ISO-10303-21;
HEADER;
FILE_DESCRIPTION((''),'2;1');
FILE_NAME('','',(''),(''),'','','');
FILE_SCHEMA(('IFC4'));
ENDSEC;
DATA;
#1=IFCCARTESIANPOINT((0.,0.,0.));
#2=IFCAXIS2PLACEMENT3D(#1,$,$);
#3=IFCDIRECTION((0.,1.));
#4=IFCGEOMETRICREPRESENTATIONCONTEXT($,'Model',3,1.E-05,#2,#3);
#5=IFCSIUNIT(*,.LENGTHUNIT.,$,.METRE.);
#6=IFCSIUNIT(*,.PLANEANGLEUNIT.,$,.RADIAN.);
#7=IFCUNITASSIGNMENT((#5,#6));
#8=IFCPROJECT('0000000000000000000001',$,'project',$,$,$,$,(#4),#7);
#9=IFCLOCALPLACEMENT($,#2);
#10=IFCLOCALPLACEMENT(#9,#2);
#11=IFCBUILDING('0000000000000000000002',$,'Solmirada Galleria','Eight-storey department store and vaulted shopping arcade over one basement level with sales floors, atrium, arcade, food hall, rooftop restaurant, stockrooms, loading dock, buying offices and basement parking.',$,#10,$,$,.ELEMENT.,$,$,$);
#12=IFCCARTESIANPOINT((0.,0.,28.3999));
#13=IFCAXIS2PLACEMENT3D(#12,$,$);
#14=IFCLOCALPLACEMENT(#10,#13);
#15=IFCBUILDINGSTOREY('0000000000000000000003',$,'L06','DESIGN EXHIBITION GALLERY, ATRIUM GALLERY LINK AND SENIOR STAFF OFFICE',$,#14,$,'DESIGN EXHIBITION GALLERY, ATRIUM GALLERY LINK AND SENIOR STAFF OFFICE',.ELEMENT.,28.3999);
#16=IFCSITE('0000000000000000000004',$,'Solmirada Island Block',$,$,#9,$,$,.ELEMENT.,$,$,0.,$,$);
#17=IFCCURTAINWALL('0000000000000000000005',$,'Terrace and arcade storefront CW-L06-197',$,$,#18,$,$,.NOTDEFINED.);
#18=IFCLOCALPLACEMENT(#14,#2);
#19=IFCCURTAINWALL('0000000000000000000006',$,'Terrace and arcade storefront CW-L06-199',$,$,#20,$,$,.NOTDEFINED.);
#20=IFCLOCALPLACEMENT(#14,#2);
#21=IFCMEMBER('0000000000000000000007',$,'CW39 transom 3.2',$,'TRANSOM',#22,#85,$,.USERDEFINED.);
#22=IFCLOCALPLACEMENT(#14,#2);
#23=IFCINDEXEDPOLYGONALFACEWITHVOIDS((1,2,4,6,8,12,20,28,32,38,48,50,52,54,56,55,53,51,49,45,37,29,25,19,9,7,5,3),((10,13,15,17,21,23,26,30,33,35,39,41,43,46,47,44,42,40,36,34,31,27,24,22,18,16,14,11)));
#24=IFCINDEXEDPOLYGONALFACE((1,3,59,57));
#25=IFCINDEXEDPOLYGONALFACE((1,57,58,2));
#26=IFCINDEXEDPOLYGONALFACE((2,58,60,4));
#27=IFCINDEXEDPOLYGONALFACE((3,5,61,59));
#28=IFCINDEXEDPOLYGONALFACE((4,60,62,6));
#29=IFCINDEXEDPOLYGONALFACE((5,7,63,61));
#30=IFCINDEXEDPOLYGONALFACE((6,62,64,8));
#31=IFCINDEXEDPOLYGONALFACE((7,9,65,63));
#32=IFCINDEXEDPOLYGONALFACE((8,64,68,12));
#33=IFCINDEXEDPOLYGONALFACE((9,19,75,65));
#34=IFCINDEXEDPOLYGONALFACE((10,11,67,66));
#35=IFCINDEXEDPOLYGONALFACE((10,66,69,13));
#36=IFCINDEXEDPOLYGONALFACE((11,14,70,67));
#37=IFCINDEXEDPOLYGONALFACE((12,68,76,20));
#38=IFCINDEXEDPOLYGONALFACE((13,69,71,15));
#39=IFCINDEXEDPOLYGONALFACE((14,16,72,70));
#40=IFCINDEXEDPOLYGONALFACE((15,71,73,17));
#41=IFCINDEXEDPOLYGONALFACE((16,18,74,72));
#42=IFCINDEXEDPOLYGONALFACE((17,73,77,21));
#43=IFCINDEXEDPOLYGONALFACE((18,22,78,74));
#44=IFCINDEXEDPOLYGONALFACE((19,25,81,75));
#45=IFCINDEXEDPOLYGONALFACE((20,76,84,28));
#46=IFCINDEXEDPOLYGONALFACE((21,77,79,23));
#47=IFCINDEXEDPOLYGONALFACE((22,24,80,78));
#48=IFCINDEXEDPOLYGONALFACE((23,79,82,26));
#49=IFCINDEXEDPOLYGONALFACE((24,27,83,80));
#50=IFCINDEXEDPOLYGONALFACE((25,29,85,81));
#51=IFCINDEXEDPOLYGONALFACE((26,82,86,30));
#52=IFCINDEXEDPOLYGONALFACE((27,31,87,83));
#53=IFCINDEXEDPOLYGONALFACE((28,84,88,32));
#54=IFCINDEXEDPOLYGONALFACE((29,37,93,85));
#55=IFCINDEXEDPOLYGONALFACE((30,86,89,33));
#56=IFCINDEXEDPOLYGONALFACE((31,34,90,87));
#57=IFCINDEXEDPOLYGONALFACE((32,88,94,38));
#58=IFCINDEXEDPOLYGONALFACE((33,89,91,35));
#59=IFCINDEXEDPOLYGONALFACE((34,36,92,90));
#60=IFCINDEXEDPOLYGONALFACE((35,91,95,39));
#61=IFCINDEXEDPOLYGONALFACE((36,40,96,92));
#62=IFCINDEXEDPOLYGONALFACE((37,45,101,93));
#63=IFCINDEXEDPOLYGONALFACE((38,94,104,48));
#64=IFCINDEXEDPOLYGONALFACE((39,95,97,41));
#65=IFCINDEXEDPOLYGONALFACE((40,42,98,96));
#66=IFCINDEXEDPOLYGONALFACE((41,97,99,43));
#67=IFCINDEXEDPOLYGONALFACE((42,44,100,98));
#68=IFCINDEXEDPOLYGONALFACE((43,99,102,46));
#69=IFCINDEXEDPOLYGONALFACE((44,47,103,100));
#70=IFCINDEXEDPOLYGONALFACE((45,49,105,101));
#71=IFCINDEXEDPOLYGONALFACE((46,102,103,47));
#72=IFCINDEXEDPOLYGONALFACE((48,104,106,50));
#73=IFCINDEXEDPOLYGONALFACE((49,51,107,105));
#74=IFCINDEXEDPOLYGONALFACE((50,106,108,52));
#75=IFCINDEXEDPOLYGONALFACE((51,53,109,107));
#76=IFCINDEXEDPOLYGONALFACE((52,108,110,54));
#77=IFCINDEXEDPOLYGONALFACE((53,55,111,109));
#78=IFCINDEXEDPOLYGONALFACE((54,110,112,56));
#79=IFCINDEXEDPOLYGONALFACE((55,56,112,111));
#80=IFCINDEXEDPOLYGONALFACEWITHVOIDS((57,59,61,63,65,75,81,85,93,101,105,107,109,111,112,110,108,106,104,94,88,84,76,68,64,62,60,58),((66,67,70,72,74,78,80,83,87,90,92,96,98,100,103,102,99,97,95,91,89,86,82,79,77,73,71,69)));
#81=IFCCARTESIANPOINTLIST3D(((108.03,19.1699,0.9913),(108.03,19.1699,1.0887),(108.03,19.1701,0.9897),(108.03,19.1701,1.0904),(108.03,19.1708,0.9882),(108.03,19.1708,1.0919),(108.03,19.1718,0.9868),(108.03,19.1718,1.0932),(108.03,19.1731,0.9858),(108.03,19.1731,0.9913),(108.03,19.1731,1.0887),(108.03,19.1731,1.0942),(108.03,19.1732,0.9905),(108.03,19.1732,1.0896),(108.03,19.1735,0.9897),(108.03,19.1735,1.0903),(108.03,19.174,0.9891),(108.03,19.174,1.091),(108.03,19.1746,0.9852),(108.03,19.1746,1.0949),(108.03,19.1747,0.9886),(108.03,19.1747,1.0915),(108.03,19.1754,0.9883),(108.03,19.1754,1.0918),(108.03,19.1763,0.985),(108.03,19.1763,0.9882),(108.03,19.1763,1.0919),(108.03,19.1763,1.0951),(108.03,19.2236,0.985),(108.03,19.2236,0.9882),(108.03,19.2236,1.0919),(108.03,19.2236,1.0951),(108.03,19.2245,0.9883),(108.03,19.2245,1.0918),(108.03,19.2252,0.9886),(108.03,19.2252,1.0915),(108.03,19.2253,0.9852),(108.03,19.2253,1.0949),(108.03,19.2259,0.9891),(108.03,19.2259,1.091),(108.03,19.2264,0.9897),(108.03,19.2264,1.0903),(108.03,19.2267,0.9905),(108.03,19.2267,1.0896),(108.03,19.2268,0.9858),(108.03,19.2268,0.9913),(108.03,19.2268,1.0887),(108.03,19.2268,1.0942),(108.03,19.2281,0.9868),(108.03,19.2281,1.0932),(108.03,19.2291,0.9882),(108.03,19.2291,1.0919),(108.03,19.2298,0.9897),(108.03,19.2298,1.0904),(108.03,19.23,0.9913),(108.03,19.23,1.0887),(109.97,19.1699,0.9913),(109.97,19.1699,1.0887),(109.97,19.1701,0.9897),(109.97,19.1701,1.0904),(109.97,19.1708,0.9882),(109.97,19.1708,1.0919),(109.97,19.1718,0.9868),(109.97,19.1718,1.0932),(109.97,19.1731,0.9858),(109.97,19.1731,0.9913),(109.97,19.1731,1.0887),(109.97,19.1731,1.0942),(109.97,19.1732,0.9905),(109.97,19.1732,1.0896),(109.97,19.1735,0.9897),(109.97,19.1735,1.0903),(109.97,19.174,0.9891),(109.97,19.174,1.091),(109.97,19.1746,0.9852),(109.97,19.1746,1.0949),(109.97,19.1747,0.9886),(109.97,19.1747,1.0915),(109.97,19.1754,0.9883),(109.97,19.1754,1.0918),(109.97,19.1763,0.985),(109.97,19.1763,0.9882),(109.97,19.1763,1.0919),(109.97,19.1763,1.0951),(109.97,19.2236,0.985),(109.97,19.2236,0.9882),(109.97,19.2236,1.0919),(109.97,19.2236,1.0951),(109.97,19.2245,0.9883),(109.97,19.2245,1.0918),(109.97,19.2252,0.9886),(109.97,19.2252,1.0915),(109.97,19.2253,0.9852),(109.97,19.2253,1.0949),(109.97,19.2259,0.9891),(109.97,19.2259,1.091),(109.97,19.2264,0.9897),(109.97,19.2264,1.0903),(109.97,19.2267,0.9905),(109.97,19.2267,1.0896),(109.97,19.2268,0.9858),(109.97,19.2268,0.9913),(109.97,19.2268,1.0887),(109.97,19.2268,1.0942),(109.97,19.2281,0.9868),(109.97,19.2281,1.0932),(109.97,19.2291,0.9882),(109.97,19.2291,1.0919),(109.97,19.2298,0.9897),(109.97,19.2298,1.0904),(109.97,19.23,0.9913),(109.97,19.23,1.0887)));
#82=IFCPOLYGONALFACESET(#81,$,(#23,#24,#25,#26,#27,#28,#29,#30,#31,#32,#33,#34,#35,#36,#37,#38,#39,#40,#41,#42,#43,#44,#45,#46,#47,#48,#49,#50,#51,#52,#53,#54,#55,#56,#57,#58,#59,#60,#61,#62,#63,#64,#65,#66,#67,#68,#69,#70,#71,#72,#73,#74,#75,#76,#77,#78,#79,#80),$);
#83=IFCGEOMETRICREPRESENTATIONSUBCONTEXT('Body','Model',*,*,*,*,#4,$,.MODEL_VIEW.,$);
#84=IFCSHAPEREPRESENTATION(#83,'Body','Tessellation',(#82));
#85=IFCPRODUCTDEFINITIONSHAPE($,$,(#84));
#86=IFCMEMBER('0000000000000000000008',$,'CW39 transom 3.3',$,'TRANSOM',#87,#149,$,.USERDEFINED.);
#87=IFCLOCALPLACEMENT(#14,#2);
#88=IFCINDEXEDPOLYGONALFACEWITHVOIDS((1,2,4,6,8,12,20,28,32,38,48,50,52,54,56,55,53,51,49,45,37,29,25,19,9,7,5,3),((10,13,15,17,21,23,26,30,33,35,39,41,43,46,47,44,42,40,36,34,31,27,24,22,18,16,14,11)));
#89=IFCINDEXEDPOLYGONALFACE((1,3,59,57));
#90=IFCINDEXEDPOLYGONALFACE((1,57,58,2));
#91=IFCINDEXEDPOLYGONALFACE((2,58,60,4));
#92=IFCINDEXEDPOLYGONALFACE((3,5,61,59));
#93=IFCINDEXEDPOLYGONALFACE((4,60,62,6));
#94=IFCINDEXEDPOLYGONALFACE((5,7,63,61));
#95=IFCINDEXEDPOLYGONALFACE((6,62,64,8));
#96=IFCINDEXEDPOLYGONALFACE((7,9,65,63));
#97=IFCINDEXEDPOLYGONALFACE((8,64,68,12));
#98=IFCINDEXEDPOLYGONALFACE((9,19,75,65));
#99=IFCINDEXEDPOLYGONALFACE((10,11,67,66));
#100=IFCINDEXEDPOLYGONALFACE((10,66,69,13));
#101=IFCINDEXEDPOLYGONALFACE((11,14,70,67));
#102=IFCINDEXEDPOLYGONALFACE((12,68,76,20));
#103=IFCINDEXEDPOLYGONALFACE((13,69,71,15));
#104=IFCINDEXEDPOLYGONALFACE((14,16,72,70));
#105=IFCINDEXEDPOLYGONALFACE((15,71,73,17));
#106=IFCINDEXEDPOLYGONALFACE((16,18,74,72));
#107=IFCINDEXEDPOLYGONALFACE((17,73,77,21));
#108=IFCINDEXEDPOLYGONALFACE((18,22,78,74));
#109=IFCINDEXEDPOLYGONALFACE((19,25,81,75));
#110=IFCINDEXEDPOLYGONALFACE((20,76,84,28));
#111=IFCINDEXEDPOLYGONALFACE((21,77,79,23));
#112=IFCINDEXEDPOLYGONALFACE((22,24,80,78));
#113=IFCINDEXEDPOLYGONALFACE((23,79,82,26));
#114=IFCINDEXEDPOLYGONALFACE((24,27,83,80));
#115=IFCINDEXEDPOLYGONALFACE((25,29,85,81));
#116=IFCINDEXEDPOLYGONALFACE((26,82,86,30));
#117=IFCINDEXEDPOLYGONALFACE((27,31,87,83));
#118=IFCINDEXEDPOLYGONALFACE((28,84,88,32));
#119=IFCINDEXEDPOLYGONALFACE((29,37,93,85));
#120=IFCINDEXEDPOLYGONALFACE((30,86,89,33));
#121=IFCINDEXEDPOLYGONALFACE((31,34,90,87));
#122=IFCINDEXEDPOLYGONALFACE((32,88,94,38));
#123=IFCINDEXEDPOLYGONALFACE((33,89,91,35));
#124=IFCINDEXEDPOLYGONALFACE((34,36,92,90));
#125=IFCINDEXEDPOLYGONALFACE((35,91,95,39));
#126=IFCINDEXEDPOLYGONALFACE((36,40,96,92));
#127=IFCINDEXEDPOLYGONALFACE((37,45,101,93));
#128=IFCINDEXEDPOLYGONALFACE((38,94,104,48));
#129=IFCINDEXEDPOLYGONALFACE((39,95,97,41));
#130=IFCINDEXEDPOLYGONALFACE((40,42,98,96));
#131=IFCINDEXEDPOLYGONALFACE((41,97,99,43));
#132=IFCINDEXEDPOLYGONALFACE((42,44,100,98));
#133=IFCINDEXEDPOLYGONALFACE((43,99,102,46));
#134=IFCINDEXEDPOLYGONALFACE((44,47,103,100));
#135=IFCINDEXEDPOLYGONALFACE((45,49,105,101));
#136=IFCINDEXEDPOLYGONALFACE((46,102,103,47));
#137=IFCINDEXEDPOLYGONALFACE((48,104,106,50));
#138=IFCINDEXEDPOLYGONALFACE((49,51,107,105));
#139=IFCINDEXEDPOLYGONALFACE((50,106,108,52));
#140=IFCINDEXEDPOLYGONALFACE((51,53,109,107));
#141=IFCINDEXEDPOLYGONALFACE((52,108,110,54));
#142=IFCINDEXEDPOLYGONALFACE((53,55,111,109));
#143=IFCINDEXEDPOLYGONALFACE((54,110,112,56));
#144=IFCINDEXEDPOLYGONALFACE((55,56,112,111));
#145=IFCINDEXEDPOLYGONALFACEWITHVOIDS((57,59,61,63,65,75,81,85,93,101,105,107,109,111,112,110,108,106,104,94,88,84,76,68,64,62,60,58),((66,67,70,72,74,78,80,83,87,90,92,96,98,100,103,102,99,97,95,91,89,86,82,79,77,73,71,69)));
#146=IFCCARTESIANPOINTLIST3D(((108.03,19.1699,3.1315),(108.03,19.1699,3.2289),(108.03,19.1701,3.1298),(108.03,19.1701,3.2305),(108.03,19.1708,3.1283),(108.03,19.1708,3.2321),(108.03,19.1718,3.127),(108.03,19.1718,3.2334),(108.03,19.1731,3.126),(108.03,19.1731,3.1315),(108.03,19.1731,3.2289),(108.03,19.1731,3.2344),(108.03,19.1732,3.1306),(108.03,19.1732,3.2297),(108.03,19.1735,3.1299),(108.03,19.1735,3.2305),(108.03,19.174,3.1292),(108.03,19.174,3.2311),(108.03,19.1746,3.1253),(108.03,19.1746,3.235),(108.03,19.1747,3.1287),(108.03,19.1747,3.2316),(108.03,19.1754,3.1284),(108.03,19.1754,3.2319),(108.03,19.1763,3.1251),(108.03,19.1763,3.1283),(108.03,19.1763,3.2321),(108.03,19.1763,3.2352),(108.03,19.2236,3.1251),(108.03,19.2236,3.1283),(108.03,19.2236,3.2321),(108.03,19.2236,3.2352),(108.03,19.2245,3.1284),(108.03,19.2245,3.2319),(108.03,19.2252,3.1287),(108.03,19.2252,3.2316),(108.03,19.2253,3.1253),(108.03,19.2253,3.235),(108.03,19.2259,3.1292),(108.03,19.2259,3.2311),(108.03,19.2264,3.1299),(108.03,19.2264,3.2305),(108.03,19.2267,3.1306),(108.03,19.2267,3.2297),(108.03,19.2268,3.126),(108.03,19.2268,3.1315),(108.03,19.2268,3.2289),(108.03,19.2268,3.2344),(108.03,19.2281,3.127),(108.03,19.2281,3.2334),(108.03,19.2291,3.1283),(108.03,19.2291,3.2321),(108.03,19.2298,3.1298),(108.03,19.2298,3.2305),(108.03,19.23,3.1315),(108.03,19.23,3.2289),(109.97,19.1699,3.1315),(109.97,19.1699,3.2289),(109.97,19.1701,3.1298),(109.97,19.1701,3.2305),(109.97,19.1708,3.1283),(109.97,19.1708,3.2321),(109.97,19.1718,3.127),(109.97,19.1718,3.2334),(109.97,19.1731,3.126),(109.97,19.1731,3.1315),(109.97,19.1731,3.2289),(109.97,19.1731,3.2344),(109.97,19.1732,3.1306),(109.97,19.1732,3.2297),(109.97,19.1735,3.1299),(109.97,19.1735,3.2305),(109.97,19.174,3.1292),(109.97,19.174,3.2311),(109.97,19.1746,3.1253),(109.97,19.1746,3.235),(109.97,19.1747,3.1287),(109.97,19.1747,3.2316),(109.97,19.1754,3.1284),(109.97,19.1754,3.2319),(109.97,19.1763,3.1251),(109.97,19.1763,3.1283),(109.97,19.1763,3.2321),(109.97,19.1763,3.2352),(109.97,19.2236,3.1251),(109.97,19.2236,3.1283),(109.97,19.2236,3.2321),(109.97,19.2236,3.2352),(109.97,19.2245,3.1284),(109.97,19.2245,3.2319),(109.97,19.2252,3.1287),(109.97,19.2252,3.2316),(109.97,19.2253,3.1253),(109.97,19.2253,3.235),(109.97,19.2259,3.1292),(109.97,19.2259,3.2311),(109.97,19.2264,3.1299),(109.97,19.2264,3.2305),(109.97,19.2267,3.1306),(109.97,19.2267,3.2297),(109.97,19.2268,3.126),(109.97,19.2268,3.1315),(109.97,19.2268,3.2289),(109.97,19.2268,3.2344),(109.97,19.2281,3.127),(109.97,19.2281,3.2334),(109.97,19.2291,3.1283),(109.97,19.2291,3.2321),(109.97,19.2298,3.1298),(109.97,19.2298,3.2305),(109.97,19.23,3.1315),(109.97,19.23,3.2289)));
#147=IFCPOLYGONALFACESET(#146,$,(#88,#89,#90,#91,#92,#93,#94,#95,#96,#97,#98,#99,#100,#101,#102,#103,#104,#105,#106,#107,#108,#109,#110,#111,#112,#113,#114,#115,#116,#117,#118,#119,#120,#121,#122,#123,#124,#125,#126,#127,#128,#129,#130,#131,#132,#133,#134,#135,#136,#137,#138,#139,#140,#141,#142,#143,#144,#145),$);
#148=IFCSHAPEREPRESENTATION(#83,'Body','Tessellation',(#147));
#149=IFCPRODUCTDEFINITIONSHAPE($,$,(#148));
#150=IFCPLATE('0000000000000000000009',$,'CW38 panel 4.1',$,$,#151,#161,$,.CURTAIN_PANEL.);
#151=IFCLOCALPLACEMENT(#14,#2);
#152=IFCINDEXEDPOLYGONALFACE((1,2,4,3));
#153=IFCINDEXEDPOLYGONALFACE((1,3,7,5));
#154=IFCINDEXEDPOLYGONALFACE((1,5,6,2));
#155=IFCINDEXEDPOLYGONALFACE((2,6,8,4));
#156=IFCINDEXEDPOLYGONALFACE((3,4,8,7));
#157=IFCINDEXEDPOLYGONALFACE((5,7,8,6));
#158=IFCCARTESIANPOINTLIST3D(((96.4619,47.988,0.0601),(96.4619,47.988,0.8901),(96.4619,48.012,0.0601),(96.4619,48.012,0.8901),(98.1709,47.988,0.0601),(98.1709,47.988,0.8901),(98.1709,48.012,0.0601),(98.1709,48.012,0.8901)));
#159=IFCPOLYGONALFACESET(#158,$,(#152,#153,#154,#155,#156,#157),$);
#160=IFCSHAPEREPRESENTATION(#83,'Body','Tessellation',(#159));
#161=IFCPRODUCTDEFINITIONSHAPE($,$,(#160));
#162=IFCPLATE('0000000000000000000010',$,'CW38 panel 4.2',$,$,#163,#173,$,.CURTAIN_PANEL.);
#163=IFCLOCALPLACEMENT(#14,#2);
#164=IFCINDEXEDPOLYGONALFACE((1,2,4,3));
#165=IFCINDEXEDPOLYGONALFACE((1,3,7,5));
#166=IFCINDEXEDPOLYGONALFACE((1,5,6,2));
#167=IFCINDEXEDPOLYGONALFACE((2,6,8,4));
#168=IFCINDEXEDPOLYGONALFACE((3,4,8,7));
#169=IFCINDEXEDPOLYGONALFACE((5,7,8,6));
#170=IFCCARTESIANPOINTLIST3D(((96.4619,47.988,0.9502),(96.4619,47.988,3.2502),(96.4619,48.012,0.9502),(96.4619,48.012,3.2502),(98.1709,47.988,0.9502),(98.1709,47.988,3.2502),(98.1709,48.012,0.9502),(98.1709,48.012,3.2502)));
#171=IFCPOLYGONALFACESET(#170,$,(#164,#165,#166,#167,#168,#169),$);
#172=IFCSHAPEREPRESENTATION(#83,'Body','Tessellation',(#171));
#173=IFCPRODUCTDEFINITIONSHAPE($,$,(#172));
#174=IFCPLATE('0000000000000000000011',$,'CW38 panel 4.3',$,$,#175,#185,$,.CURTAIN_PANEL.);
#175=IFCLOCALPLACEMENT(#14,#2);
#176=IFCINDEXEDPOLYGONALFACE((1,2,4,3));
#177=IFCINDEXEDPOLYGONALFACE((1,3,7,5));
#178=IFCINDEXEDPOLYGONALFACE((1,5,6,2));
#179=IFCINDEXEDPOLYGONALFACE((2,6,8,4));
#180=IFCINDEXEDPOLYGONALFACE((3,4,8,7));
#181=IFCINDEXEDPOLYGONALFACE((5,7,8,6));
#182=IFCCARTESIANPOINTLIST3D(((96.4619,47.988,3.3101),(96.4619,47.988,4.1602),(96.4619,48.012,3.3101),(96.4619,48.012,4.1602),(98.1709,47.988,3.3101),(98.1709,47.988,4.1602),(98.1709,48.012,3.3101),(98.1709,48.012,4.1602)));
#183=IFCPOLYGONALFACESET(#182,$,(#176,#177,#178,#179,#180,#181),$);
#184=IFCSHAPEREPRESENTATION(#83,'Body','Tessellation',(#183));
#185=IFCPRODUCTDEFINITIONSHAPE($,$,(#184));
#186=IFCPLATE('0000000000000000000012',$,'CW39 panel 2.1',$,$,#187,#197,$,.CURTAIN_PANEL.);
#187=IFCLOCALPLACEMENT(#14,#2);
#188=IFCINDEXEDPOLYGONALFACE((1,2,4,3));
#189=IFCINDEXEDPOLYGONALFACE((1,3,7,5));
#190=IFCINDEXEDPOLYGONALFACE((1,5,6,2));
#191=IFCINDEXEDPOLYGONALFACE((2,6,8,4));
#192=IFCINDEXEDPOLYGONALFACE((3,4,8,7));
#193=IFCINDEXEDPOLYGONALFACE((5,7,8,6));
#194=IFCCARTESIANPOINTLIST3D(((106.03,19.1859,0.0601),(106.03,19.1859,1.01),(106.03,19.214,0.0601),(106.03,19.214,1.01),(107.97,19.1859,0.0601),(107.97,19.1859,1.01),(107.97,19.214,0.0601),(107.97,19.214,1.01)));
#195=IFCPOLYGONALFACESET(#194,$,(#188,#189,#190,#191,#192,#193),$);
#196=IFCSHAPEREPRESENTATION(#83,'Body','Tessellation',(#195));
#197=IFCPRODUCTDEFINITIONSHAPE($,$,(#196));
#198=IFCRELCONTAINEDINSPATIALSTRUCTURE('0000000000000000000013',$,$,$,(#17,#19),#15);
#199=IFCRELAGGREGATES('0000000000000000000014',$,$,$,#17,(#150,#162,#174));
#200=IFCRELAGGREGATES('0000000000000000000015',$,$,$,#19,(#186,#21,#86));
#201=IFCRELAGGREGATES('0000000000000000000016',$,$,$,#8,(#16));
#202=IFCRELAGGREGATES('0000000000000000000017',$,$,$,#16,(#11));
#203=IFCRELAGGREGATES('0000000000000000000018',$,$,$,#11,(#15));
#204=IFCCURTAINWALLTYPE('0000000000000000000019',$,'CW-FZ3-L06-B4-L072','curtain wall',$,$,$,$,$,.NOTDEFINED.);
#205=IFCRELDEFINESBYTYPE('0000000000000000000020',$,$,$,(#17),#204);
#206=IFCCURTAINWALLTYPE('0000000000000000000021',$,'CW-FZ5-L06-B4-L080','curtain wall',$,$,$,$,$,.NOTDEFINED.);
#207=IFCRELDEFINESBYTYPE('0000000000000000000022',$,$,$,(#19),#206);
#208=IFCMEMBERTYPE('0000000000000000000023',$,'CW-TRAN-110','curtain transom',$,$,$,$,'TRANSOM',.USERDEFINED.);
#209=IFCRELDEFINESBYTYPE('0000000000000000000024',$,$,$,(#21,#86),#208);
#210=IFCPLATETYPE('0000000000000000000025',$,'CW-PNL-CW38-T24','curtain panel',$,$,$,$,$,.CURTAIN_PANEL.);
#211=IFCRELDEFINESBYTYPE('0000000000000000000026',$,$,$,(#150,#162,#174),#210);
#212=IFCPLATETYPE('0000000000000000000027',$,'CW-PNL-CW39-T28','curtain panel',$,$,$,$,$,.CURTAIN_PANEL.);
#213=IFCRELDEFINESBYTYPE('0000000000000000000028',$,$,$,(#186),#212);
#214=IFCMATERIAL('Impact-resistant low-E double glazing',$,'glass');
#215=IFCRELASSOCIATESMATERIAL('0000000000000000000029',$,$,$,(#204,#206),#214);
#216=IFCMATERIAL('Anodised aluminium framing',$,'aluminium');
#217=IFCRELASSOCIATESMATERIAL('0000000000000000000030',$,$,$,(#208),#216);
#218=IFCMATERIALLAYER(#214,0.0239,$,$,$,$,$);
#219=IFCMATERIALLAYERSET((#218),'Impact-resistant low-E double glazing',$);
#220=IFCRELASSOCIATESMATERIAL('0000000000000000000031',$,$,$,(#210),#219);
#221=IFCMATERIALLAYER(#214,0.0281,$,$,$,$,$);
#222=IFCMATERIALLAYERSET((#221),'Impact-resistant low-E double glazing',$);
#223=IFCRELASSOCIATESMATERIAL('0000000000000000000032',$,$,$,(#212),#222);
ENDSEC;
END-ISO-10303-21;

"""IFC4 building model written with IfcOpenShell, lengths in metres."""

from ifc_helpers import new_model, si_unit, direction, frame, origin, origin_2d, place, context, subcontext, project, spatial, rectangle, hollow_rectangle, extrude, material, layer, layer_set, material_profile, profile_set, type_object, element, aggregate, save


model = new_model("IFC4")

# Units and contexts
model_context = context("Model", 3, precision=1e-05, world=origin(), true_north=direction((0.0, 1.0)))
body_context = subcontext(model_context, "Body", "Model", "MODEL_VIEW")
ifc_project = project(units=[si_unit("LENGTHUNIT", "METRE"), si_unit("PLANEANGLEUNIT", "RADIAN")], contexts=[model_context])

# Site, building, storey
site_placement = place(None, origin())
site = spatial("IfcSite", under=ifc_project, at=site_placement, Name="Solmirada Island Block", CompositionType="ELEMENT", RefElevation=0.0)
building_placement = place(site_placement, origin())
building = spatial("IfcBuilding", under=site, at=building_placement, Name="Solmirada Galleria", Description="Eight-storey department store and vaulted shopping arcade over one basement level with sales floors, atrium, arcade, food hall, rooftop restaurant, stockrooms, loading dock, buying offices and basement parking.", CompositionType="ELEMENT")
storey_placement = place(building_placement, frame((0.0, 0.0, 28.3999)))
storey = spatial("IfcBuildingStorey", under=building, at=storey_placement, Name="L06", Description="DESIGN EXHIBITION GALLERY, ATRIUM GALLERY LINK AND SENIOR STAFF OFFICE", LongName="DESIGN EXHIBITION GALLERY, ATRIUM GALLERY LINK AND SENIOR STAFF OFFICE", CompositionType="ELEMENT", Elevation=28.3999)

# Curtain wall
ifc_material_1 = material(Name="Impact-resistant low-E double glazing", Category="glass")
curtain_wall_type_1 = type_object("IfcCurtainWallType", Name="CW-FZ3-L06-B4-L072", Description="curtain wall", PredefinedType="NOTDEFINED", material=ifc_material_1)
curtain_wall_1_placement = place(storey_placement, origin())
curtain_wall_1 = element("IfcCurtainWall", 1, at=curtain_wall_1_placement, inside=storey, type_object=curtain_wall_type_1, Name="Terrace and arcade storefront CW-L06-197", PredefinedType="NOTDEFINED")
ifc_material_2 = material(Name="Anodised aluminium framing", Category="aluminium")

# Curtain wall
curtain_wall_type_2 = type_object("IfcCurtainWallType", Name="CW-FZ5-L06-B4-L080", Description="curtain wall", PredefinedType="NOTDEFINED", material=ifc_material_1)
curtain_wall_2_placement = place(storey_placement, origin())
curtain_wall_2 = element("IfcCurtainWall", 2, at=curtain_wall_2_placement, inside=storey, type_object=curtain_wall_type_2, Name="Terrace and arcade storefront CW-L06-199", PredefinedType="NOTDEFINED")

# Members
ifc_material_profile_1 = material_profile(ifc_material_2, hollow_rectangle(XDim=0.0601, YDim=0.1101, WallThickness=0.0032, InnerFilletRadius=0.0032, OuterFilletRadius=0.0063, at=origin_2d()), Name="ALU-TRAN-110X60")
ifc_profile_set_1 = profile_set([ifc_material_profile_1], Name="Anodised aluminium framing")
member_type_1 = type_object("IfcMemberType", Name="CW-TRAN-110", Description="curtain transom", ElementType="TRANSOM", PredefinedType="USERDEFINED", material=ifc_profile_set_1)
member_1_placement = place(storey_placement, frame((108.03, 19.2, 1.04), z_axis=(1.0, 0.0, 0.0), x_axis=(0.0, 1.0, 0.0)))
member_1 = element("IfcMember", 3, at=member_1_placement, type_object=member_type_1, Name="CW39 transom 3.2", ObjectType="TRANSOM", PredefinedType="USERDEFINED", context=body_context, shape_type="SweptSolid", body=[
    extrude(hollow_rectangle(XDim=0.0601, YDim=0.1101, WallThickness=0.0032, InnerFilletRadius=0.0032, OuterFilletRadius=0.0063, at=origin_2d()), origin(), (0.0, 0.0, 1.0), 1.9399),
])
member_2_placement = place(storey_placement, frame((108.03, 19.2, 3.1802), z_axis=(1.0, 0.0, 0.0), x_axis=(0.0, 1.0, 0.0)))
member_2 = element("IfcMember", 4, at=member_2_placement, type_object=member_type_1, Name="CW39 transom 3.3", ObjectType="TRANSOM", PredefinedType="USERDEFINED", context=body_context, shape_type="SweptSolid", body=[
    extrude(hollow_rectangle(XDim=0.0601, YDim=0.1101, WallThickness=0.0032, InnerFilletRadius=0.0032, OuterFilletRadius=0.0063, at=origin_2d()), origin(), (0.0, 0.0, 1.0), 1.9399),
])

# Plates
ifc_layer_1 = layer(ifc_material_1, 0.0239)
ifc_layer_set_1 = layer_set([ifc_layer_1], Name="Impact-resistant low-E double glazing")
plate_type_1 = type_object("IfcPlateType", Name="CW-PNL-CW38-T24", Description="curtain panel", PredefinedType="CURTAIN_PANEL", material=ifc_layer_set_1)
plate_1_placement = place(storey_placement, frame((97.3164, 48.0, 0.0601), z_axis=(0.0, 0.0, 1.0), x_axis=(-1.0, 0.0, 0.0)))
plate_1 = element("IfcPlate", 5, at=plate_1_placement, type_object=plate_type_1, Name="CW38 panel 4.1", PredefinedType="CURTAIN_PANEL", context=body_context, shape_type="SweptSolid", body=[
    extrude(rectangle(XDim=1.709, YDim=0.0239, at=origin_2d()), origin(), (0.0, 0.0, 1.0), 0.8301),
])
plate_2_placement = place(storey_placement, frame((97.3164, 48.0, 0.9502), z_axis=(0.0, 0.0, 1.0), x_axis=(-1.0, 0.0, 0.0)))
plate_2 = element("IfcPlate", 6, at=plate_2_placement, type_object=plate_type_1, Name="CW38 panel 4.2", PredefinedType="CURTAIN_PANEL", context=body_context, shape_type="SweptSolid", body=[
    extrude(rectangle(XDim=1.709, YDim=0.0239, at=origin_2d()), origin(), (0.0, 0.0, 1.0), 2.3),
])
plate_3_placement = place(storey_placement, frame((97.3164, 48.0, 3.3101), z_axis=(0.0, 0.0, 1.0), x_axis=(-1.0, 0.0, 0.0)))
plate_3 = element("IfcPlate", 7, at=plate_3_placement, type_object=plate_type_1, Name="CW38 panel 4.3", PredefinedType="CURTAIN_PANEL", context=body_context, shape_type="SweptSolid", body=[
    extrude(rectangle(XDim=1.709, YDim=0.0239, at=origin_2d()), origin(), (0.0, 0.0, 1.0), 0.8501),
])
aggregate(curtain_wall_1, [plate_1, plate_2, plate_3])
ifc_layer_2 = layer(ifc_material_1, 0.0281)
ifc_layer_set_2 = layer_set([ifc_layer_2], Name="Impact-resistant low-E double glazing")
plate_type_2 = type_object("IfcPlateType", Name="CW-PNL-CW39-T28", Description="curtain panel", PredefinedType="CURTAIN_PANEL", material=ifc_layer_set_2)
plate_4_placement = place(storey_placement, frame((107.0, 19.2, 0.0601), z_axis=(0.0, 0.0, 1.0), x_axis=(1.0, 0.0, 0.0)))
plate_4 = element("IfcPlate", 8, at=plate_4_placement, type_object=plate_type_2, Name="CW39 panel 2.1", PredefinedType="CURTAIN_PANEL", context=body_context, shape_type="SweptSolid", body=[
    extrude(rectangle(XDim=1.9399, YDim=0.0281, at=origin_2d()), origin(), (0.0, 0.0, 1.0), 0.95),
])
aggregate(curtain_wall_2, [plate_4, member_1, member_2])

save(model, "model.ifc")
